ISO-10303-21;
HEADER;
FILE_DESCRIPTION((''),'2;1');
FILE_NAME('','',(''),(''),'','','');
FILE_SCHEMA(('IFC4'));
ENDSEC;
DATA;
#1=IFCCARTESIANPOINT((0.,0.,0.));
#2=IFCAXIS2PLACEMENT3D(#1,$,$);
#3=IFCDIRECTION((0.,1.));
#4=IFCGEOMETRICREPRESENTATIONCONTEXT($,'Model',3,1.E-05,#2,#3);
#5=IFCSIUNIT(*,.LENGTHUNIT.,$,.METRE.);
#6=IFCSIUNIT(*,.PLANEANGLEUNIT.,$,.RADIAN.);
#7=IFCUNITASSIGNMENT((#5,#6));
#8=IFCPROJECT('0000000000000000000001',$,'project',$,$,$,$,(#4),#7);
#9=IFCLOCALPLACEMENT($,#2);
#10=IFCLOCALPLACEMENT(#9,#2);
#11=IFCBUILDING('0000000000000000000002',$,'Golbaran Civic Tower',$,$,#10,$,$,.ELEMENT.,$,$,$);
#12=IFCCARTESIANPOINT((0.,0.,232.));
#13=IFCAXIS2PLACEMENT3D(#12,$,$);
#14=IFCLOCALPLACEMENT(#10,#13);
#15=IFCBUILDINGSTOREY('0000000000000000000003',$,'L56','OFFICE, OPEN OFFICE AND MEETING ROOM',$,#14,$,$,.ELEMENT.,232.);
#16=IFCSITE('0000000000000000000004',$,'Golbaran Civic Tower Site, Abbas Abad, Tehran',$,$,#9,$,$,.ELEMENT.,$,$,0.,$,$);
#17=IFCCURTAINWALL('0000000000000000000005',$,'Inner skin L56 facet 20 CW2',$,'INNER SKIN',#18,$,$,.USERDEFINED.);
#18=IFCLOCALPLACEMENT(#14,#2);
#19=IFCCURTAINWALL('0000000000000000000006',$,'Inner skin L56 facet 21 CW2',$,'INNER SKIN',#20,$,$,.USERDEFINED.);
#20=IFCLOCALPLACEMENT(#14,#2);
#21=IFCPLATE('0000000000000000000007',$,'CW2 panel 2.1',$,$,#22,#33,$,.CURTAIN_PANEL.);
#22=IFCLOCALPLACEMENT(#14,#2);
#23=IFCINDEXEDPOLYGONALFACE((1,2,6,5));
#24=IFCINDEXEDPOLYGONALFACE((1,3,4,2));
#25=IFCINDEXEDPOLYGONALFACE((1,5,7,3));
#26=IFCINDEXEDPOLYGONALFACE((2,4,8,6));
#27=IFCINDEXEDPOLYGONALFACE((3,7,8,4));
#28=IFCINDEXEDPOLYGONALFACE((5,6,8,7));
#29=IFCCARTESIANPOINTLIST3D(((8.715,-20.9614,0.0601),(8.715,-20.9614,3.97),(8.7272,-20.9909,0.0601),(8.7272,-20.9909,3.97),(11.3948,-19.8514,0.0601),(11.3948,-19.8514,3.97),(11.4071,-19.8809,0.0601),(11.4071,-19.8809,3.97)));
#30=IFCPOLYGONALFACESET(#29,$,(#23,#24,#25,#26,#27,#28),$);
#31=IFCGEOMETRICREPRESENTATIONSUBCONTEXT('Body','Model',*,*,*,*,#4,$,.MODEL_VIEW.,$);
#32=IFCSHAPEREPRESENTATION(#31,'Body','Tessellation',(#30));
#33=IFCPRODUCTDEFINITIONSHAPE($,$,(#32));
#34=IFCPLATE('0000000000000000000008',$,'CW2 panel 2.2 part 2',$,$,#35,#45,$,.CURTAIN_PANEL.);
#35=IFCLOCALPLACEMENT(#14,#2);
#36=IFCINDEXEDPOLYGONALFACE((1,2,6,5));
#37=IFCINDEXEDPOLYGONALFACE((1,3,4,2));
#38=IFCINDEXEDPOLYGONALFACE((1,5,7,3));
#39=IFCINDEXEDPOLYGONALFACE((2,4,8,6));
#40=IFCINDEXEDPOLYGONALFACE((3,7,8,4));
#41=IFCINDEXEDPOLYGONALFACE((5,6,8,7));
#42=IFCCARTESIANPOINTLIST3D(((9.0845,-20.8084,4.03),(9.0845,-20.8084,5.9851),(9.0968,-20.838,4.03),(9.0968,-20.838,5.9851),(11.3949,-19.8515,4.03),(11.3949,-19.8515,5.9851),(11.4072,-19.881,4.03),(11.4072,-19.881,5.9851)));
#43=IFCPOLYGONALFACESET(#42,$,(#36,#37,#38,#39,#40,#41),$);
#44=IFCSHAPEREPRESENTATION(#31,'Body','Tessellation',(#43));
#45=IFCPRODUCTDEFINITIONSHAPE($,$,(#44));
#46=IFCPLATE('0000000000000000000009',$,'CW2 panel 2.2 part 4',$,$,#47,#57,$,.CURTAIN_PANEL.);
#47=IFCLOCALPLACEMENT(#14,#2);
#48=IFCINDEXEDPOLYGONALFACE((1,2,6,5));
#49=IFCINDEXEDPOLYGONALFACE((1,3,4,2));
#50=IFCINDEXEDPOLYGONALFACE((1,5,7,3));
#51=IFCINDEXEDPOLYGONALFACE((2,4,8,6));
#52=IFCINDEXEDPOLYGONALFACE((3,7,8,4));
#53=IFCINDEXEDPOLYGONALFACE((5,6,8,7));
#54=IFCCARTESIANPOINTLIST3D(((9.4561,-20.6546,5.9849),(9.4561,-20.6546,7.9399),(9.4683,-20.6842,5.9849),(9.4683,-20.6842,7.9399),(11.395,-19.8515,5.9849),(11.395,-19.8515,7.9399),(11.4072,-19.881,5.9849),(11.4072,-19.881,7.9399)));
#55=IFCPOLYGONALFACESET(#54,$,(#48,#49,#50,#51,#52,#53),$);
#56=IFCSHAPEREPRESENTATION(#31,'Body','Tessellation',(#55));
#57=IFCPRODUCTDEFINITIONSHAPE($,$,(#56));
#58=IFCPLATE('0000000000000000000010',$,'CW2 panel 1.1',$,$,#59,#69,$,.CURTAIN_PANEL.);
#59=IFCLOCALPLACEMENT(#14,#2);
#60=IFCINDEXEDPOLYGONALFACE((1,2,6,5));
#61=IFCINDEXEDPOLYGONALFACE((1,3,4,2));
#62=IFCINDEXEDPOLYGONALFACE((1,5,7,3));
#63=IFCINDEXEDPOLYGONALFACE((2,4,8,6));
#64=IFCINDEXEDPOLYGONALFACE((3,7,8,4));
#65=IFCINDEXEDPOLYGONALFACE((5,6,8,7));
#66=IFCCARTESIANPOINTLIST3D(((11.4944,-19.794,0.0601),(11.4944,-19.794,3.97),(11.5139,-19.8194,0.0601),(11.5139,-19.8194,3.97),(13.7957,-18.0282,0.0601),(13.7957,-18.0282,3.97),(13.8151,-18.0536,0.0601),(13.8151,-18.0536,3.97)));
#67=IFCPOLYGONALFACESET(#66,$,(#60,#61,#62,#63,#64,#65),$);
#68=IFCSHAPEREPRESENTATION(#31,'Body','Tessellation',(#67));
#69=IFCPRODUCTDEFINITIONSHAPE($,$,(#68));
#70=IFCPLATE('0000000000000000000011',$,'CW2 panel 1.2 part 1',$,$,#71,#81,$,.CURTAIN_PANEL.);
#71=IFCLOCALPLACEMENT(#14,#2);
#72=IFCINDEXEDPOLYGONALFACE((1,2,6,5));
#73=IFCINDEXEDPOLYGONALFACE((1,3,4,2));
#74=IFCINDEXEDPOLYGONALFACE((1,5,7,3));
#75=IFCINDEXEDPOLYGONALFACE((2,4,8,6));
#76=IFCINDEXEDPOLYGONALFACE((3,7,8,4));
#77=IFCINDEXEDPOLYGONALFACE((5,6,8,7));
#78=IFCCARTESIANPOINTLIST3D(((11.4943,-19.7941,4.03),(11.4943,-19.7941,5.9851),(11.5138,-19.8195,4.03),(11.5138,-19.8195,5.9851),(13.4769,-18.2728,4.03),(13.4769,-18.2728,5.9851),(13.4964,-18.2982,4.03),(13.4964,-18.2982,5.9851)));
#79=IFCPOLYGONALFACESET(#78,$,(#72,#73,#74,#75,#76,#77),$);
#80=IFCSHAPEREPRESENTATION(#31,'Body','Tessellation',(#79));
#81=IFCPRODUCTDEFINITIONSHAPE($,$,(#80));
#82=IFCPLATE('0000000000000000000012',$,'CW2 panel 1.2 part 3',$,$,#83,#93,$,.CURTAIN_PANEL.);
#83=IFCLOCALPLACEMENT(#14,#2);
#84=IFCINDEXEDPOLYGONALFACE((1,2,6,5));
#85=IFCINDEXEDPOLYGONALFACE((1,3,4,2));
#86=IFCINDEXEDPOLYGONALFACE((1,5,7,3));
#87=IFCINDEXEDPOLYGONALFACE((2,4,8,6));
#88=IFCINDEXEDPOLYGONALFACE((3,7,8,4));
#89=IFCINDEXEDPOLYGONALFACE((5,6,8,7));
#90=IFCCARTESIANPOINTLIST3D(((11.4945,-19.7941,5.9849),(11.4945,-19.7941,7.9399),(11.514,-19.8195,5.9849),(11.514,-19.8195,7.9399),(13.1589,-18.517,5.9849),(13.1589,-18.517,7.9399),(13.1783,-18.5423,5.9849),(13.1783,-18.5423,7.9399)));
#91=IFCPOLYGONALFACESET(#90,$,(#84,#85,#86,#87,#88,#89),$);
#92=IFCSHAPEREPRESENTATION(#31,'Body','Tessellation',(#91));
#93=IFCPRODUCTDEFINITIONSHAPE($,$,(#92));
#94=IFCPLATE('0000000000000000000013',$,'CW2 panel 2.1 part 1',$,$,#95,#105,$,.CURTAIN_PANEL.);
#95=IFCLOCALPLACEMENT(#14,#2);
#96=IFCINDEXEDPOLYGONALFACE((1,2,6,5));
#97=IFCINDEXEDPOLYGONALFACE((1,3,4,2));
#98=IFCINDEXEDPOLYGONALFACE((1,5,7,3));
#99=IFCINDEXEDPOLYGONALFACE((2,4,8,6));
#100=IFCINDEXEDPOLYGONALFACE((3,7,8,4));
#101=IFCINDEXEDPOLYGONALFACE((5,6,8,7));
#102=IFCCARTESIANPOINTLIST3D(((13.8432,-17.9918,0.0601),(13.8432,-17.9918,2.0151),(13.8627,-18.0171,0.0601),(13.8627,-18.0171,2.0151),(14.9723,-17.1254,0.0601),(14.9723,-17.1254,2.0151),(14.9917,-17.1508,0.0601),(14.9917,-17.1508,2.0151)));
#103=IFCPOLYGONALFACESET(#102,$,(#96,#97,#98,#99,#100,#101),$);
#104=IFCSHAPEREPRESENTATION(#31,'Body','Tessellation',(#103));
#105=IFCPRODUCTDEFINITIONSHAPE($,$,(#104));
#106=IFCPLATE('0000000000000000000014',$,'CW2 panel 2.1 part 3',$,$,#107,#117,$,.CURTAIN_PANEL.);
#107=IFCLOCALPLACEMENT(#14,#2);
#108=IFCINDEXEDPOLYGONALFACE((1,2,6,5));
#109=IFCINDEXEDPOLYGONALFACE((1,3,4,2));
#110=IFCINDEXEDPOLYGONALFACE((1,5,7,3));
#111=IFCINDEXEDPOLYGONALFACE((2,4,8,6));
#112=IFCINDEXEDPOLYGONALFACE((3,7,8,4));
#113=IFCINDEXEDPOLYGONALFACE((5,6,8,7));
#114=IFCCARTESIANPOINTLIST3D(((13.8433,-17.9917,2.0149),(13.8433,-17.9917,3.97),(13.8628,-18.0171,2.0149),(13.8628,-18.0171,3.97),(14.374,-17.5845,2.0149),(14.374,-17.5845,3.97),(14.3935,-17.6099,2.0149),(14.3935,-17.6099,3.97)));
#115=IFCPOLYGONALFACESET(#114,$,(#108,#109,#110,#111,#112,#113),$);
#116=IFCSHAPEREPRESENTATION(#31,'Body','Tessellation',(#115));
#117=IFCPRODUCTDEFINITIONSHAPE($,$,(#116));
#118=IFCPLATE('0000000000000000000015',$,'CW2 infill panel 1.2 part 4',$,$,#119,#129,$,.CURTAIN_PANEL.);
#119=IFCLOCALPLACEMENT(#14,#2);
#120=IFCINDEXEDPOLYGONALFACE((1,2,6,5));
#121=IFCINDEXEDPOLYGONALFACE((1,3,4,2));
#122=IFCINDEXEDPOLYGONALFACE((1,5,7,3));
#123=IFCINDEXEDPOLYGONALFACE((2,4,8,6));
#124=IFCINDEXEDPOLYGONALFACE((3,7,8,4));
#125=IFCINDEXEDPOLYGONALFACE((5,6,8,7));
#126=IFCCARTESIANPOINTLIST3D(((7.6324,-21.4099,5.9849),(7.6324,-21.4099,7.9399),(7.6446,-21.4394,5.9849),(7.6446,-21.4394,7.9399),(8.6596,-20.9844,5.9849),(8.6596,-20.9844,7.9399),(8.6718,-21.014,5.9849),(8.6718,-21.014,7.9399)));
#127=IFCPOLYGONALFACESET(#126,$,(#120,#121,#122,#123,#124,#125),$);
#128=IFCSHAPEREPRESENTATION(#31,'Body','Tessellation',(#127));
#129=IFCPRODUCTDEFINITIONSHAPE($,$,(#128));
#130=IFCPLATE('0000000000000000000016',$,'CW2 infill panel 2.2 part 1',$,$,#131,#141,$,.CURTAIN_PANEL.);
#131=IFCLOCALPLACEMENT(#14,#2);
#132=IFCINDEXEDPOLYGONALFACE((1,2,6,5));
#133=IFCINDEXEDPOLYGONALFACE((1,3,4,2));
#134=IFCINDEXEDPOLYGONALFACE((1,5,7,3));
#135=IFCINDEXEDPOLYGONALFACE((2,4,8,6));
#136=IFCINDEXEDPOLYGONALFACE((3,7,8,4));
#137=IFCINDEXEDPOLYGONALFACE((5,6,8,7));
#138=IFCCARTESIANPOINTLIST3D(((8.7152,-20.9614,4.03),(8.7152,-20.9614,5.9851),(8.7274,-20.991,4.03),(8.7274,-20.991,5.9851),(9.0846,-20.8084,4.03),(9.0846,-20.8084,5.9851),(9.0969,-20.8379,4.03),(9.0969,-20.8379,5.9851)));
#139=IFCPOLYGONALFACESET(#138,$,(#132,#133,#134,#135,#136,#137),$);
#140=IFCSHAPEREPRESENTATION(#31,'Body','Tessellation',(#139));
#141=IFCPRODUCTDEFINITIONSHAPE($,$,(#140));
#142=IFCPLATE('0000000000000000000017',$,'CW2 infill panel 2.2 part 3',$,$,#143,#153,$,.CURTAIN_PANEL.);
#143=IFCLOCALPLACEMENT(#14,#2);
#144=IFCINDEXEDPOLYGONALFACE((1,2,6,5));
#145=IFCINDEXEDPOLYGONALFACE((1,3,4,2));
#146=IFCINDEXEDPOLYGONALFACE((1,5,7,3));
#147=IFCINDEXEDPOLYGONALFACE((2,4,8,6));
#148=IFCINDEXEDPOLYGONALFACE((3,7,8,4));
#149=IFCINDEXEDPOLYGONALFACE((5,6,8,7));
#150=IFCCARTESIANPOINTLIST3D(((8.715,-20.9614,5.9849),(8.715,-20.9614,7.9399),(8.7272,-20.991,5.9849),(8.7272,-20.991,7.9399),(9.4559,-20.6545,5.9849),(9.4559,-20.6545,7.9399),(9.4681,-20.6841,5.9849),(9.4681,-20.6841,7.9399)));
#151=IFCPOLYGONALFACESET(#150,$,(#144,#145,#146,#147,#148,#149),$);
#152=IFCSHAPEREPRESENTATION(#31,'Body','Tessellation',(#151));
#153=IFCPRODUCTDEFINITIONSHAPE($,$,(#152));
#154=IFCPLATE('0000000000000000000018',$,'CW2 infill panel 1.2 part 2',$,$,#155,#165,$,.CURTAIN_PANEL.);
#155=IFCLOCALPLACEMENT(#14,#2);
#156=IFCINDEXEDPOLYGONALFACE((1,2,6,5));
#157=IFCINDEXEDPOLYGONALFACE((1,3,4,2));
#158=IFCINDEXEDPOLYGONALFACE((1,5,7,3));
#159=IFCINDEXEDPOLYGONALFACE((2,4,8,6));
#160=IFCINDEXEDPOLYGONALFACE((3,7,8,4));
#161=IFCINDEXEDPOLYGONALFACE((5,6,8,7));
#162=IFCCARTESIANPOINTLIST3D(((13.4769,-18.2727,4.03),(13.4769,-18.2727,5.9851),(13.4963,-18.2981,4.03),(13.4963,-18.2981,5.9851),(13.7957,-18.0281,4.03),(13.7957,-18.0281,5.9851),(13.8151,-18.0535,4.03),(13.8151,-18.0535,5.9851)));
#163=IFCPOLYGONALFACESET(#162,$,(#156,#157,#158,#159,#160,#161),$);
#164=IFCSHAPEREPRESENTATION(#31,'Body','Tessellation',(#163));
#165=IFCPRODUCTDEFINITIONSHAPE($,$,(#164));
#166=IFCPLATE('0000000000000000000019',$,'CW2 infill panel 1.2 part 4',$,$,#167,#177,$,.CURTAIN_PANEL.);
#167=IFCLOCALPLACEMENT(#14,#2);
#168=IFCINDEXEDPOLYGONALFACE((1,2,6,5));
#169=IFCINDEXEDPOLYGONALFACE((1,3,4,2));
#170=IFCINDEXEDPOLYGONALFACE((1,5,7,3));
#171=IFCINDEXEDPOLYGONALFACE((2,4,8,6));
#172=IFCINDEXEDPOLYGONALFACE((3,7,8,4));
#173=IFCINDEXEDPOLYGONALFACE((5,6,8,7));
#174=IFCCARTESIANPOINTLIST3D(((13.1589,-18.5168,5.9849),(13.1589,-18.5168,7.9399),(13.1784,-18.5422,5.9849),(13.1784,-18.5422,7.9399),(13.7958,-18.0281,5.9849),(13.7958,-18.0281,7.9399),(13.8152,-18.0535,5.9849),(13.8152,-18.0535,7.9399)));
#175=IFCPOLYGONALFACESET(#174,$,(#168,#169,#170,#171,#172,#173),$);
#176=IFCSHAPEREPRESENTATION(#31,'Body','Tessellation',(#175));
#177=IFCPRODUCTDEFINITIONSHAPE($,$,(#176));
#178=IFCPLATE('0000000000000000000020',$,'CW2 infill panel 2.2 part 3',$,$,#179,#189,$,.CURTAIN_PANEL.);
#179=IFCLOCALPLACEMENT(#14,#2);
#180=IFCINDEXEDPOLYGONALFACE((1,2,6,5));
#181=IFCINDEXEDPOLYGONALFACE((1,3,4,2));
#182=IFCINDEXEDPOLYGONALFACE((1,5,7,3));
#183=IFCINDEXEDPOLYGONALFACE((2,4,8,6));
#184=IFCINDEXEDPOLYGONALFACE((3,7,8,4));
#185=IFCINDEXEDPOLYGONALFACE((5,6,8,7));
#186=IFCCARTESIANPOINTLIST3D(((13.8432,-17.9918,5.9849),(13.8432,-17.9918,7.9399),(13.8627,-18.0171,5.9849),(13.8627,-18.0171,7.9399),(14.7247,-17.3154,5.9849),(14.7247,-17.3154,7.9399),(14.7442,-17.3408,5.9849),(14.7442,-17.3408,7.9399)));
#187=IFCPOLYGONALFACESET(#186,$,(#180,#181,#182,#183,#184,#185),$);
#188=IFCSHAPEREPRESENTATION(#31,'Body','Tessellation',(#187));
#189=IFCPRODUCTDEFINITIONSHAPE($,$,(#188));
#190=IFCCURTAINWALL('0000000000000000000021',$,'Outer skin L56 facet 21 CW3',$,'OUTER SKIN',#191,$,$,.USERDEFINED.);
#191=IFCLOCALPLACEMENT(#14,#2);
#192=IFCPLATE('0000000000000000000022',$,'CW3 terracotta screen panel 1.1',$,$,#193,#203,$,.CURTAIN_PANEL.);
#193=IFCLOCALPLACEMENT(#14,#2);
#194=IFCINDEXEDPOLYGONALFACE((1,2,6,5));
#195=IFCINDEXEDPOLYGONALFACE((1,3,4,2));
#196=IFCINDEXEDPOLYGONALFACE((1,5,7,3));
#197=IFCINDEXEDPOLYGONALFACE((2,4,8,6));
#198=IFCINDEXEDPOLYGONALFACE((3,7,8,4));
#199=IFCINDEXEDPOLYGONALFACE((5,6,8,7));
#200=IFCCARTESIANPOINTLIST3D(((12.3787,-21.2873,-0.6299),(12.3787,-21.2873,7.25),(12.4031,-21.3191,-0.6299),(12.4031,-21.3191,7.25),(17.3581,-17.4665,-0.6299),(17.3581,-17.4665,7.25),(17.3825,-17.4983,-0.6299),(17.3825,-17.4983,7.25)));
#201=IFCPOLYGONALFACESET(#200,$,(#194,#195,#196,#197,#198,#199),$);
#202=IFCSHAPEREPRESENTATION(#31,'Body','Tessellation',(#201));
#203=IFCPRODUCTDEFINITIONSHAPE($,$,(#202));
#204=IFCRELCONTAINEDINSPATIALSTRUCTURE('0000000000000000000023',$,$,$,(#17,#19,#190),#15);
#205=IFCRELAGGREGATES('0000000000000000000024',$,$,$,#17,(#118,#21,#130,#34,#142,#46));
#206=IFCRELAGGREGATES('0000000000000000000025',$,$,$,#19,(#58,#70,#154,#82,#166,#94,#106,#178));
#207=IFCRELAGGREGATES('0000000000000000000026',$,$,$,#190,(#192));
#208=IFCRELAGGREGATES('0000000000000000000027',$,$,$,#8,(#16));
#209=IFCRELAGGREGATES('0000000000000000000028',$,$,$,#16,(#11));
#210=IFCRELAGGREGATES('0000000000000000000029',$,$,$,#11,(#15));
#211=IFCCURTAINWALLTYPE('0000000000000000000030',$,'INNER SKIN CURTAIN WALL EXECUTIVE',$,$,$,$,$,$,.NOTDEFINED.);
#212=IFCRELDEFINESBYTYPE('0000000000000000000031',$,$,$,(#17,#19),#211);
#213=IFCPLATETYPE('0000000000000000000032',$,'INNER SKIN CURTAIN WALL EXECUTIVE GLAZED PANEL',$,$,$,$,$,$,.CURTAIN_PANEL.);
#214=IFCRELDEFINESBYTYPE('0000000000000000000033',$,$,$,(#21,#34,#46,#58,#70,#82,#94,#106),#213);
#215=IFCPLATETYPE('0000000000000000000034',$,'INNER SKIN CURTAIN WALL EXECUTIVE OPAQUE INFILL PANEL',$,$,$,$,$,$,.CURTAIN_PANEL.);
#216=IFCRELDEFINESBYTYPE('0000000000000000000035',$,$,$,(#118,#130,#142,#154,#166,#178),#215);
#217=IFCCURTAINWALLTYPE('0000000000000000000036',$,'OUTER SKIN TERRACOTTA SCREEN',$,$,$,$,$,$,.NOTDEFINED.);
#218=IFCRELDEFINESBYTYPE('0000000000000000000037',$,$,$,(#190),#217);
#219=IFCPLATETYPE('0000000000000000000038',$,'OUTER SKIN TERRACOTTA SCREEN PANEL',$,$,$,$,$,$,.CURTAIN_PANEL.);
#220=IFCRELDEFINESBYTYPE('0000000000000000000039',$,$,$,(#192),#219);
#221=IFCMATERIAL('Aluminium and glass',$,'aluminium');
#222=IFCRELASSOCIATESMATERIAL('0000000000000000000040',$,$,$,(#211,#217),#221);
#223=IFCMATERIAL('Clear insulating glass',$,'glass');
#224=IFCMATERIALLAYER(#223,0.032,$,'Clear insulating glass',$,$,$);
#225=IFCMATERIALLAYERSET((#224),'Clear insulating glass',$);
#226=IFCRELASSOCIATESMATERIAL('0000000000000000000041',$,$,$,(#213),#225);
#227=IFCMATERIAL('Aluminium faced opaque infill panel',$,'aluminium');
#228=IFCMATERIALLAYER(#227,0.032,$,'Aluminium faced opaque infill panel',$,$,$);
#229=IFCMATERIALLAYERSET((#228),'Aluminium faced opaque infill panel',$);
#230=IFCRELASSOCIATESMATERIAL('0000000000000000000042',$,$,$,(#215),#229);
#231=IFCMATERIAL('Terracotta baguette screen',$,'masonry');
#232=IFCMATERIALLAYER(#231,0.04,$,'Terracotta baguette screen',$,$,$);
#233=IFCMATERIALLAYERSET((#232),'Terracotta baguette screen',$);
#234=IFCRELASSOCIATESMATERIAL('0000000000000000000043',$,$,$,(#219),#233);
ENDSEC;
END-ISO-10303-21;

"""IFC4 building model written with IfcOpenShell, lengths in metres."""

from ifc_helpers import new_model, si_unit, direction, frame, origin, origin_2d, place, context, subcontext, project, spatial, rectangle, extrude, material, layer, layer_set, type_object, element, aggregate, save


model = new_model("IFC4")

# Units and contexts
model_context = context("Model", 3, precision=1e-05, world=origin(), true_north=direction((0.0, 1.0)))
body_context = subcontext(model_context, "Body", "Model", "MODEL_VIEW")
ifc_project = project(units=[si_unit("LENGTHUNIT", "METRE"), si_unit("PLANEANGLEUNIT", "RADIAN")], contexts=[model_context])

# Site, building, storey
site_placement = place(None, origin())
site = spatial("IfcSite", under=ifc_project, at=site_placement, Name="Golbaran Civic Tower Site, Abbas Abad, Tehran", CompositionType="ELEMENT", RefElevation=0.0)
building_placement = place(site_placement, origin())
building = spatial("IfcBuilding", under=site, at=building_placement, Name="Golbaran Civic Tower", CompositionType="ELEMENT")
storey_placement = place(building_placement, frame((0.0, 0.0, 232.0)))
storey = spatial("IfcBuildingStorey", under=building, at=storey_placement, Name="L56", Description="OFFICE, OPEN OFFICE AND MEETING ROOM", CompositionType="ELEMENT", Elevation=232.0)

# Curtain walls
ifc_material_1 = material(Name="Aluminium and glass", Category="aluminium")
curtain_wall_type_1 = type_object("IfcCurtainWallType", Name="INNER SKIN CURTAIN WALL EXECUTIVE", PredefinedType="NOTDEFINED", material=ifc_material_1)
curtain_wall_1_placement = place(storey_placement, origin())
curtain_wall_1 = element("IfcCurtainWall", 1, at=curtain_wall_1_placement, inside=storey, type_object=curtain_wall_type_1, Name="Inner skin L56 facet 20 CW2", ObjectType="INNER SKIN", PredefinedType="USERDEFINED")
curtain_wall_2_placement = place(storey_placement, origin())
curtain_wall_2 = element("IfcCurtainWall", 2, at=curtain_wall_2_placement, inside=storey, type_object=curtain_wall_type_1, Name="Inner skin L56 facet 21 CW2", ObjectType="INNER SKIN", PredefinedType="USERDEFINED")

# Plates
ifc_material_2 = material(Name="Clear insulating glass", Category="glass")
ifc_layer_1 = layer(ifc_material_2, 0.032, Name="Clear insulating glass")
ifc_layer_set_1 = layer_set([ifc_layer_1], Name="Clear insulating glass")
plate_type_1 = type_object("IfcPlateType", Name="INNER SKIN CURTAIN WALL EXECUTIVE GLAZED PANEL", PredefinedType="CURTAIN_PANEL", material=ifc_layer_set_1)
plate_1_placement = place(storey_placement, frame((10.061, -20.4211, 0.0601), z_axis=(0.0, 0.0, 1.0), x_axis=(0.92388, 0.382683, 0.0)))
plate_1 = element("IfcPlate", 3, at=plate_1_placement, type_object=plate_type_1, Name="CW2 panel 2.1", PredefinedType="CURTAIN_PANEL", context=body_context, shape_type="SweptSolid", body=[
    extrude(rectangle(XDim=2.9006, YDim=0.032, at=origin_2d()), origin(), (0.0, 0.0, 1.0), 3.9099),
])
plate_2_placement = place(storey_placement, frame((10.2458, -20.3447, 4.03), z_axis=(0.0, 0.0, 1.0), x_axis=(0.92388, 0.382683, 0.0)))
plate_2 = element("IfcPlate", 4, at=plate_2_placement, type_object=plate_type_1, Name="CW2 panel 2.2 part 2", PredefinedType="CURTAIN_PANEL", context=body_context, shape_type="SweptSolid", body=[
    extrude(rectangle(XDim=2.5007, YDim=0.032, at=origin_2d()), origin(), (0.0, 0.0, 1.0), 1.9551),
])
plate_3_placement = place(storey_placement, frame((10.4316, -20.2678, 5.9849), z_axis=(0.0, 0.0, 1.0), x_axis=(0.92388, 0.382683, 0.0)))
plate_3 = element("IfcPlate", 5, at=plate_3_placement, type_object=plate_type_1, Name="CW2 panel 2.2 part 4", PredefinedType="CURTAIN_PANEL", context=body_context, shape_type="SweptSolid", body=[
    extrude(rectangle(XDim=2.0986, YDim=0.032, at=origin_2d()), origin(), (0.0, 0.0, 1.0), 1.9551),
])
plate_4_placement = place(storey_placement, frame((12.6548, -18.9238, 0.0601), z_axis=(0.0, 0.0, 1.0), x_axis=(0.793353, 0.608761, 0.0)))
plate_4 = element("IfcPlate", 6, at=plate_4_placement, type_object=plate_type_1, Name="CW2 panel 1.1", PredefinedType="CURTAIN_PANEL", context=body_context, shape_type="SweptSolid", body=[
    extrude(rectangle(XDim=2.9006, YDim=0.032, at=origin_2d()), origin(), (0.0, 0.0, 1.0), 3.9099),
])
plate_5_placement = place(storey_placement, frame((12.4954, -19.0461, 4.03), z_axis=(0.0, 0.0, 1.0), x_axis=(0.793353, 0.608761, 0.0)))
plate_5 = element("IfcPlate", 7, at=plate_5_placement, type_object=plate_type_1, Name="CW2 panel 1.2 part 1", PredefinedType="CURTAIN_PANEL", context=body_context, shape_type="SweptSolid", body=[
    extrude(rectangle(XDim=2.499, YDim=0.032, at=origin_2d()), origin(), (0.0, 0.0, 1.0), 1.9551),
])
plate_6_placement = place(storey_placement, frame((12.3364, -19.1682, 5.9849), z_axis=(0.0, 0.0, 1.0), x_axis=(0.793353, 0.608761, 0.0)))
plate_6 = element("IfcPlate", 8, at=plate_6_placement, type_object=plate_type_1, Name="CW2 panel 1.2 part 3", PredefinedType="CURTAIN_PANEL", context=body_context, shape_type="SweptSolid", body=[
    extrude(rectangle(XDim=2.0979, YDim=0.032, at=origin_2d()), origin(), (0.0, 0.0, 1.0), 1.9551),
])
plate_7_placement = place(storey_placement, frame((14.4175, -17.5713, 0.0601), z_axis=(0.0, 0.0, 1.0), x_axis=(0.793353, 0.608761, 0.0)))
plate_7 = element("IfcPlate", 9, at=plate_7_placement, type_object=plate_type_1, Name="CW2 panel 2.1 part 1", PredefinedType="CURTAIN_PANEL", context=body_context, shape_type="SweptSolid", body=[
    extrude(rectangle(XDim=1.4231, YDim=0.032, at=origin_2d()), origin(), (0.0, 0.0, 1.0), 1.9551),
])
plate_8_placement = place(storey_placement, frame((14.1184, -17.8008, 2.0149), z_axis=(0.0, 0.0, 1.0), x_axis=(0.793353, 0.608761, 0.0)))
plate_8 = element("IfcPlate", 10, at=plate_8_placement, type_object=plate_type_1, Name="CW2 panel 2.1 part 3", PredefinedType="CURTAIN_PANEL", context=body_context, shape_type="SweptSolid", body=[
    extrude(rectangle(XDim=0.6689, YDim=0.032, at=origin_2d()), origin(), (0.0, 0.0, 1.0), 1.9551),
])
ifc_material_3 = material(Name="Aluminium faced opaque infill panel", Category="aluminium")
ifc_layer_2 = layer(ifc_material_3, 0.032, Name="Aluminium faced opaque infill panel")
ifc_layer_set_2 = layer_set([ifc_layer_2], Name="Aluminium faced opaque infill panel")
plate_type_2 = type_object("IfcPlateType", Name="INNER SKIN CURTAIN WALL EXECUTIVE OPAQUE INFILL PANEL", PredefinedType="CURTAIN_PANEL", material=ifc_layer_set_2)
plate_9_placement = place(storey_placement, frame((8.1521, -21.2119, 5.9849), z_axis=(0.0, 0.0, 1.0), x_axis=(0.92388, 0.382683, 0.0)))
plate_9 = element("IfcPlate", 11, at=plate_9_placement, type_object=plate_type_2, Name="CW2 infill panel 1.2 part 4", PredefinedType="CURTAIN_PANEL", context=body_context, shape_type="SweptSolid", body=[
    extrude(rectangle(XDim=1.1118, YDim=0.032, at=origin_2d()), origin(), (0.0, 0.0, 1.0), 1.9551),
])
plate_10_placement = place(storey_placement, frame((8.906, -20.8997, 4.03), z_axis=(0.0, 0.0, 1.0), x_axis=(0.92388, 0.382683, 0.0)))
plate_10 = element("IfcPlate", 12, at=plate_10_placement, type_object=plate_type_2, Name="CW2 infill panel 2.2 part 1", PredefinedType="CURTAIN_PANEL", context=body_context, shape_type="SweptSolid", body=[
    extrude(rectangle(XDim=0.3999, YDim=0.032, at=origin_2d()), origin(), (0.0, 0.0, 1.0), 1.9551),
])
plate_11_placement = place(storey_placement, frame((9.0916, -20.8228, 5.9849), z_axis=(0.0, 0.0, 1.0), x_axis=(0.92388, 0.382683, 0.0)))
plate_11 = element("IfcPlate", 13, at=plate_11_placement, type_object=plate_type_2, Name="CW2 infill panel 2.2 part 3", PredefinedType="CURTAIN_PANEL", context=body_context, shape_type="SweptSolid", body=[
    extrude(rectangle(XDim=0.802, YDim=0.032, at=origin_2d()), origin(), (0.0, 0.0, 1.0), 1.9551),
])
aggregate(curtain_wall_1, [plate_9, plate_1, plate_10, plate_2, plate_11, plate_3])
plate_12_placement = place(storey_placement, frame((13.646, -18.1631, 4.03), z_axis=(0.0, 0.0, 1.0), x_axis=(0.793353, 0.608761, 0.0)))
plate_12 = element("IfcPlate", 14, at=plate_12_placement, type_object=plate_type_2, Name="CW2 infill panel 1.2 part 2", PredefinedType="CURTAIN_PANEL", context=body_context, shape_type="SweptSolid", body=[
    extrude(rectangle(XDim=0.4019, YDim=0.032, at=origin_2d()), origin(), (0.0, 0.0, 1.0), 1.9551),
])
plate_13_placement = place(storey_placement, frame((13.4871, -18.2852, 5.9849), z_axis=(0.0, 0.0, 1.0), x_axis=(0.793353, 0.608761, 0.0)))
plate_13 = element("IfcPlate", 15, at=plate_13_placement, type_object=plate_type_2, Name="CW2 infill panel 1.2 part 4", PredefinedType="CURTAIN_PANEL", context=body_context, shape_type="SweptSolid", body=[
    extrude(rectangle(XDim=0.8027, YDim=0.032, at=origin_2d()), origin(), (0.0, 0.0, 1.0), 1.9551),
])
plate_14_placement = place(storey_placement, frame((14.2937, -17.6663, 5.9849), z_axis=(0.0, 0.0, 1.0), x_axis=(0.793353, 0.608761, 0.0)))
plate_14 = element("IfcPlate", 16, at=plate_14_placement, type_object=plate_type_2, Name="CW2 infill panel 2.2 part 3", PredefinedType="CURTAIN_PANEL", context=body_context, shape_type="SweptSolid", body=[
    extrude(rectangle(XDim=1.1111, YDim=0.032, at=origin_2d()), origin(), (0.0, 0.0, 1.0), 1.9551),
])
aggregate(curtain_wall_2, [plate_4, plate_5, plate_12, plate_6, plate_13, plate_7, plate_8, plate_14])

# Curtain wall, plate
curtain_wall_type_2 = type_object("IfcCurtainWallType", Name="OUTER SKIN TERRACOTTA SCREEN", PredefinedType="NOTDEFINED", material=ifc_material_1)
curtain_wall_3_placement = place(storey_placement, origin())
curtain_wall_3 = element("IfcCurtainWall", 17, at=curtain_wall_3_placement, inside=storey, type_object=curtain_wall_type_2, Name="Outer skin L56 facet 21 CW3", ObjectType="OUTER SKIN", PredefinedType="USERDEFINED")
ifc_material_4 = material(Name="Terracotta baguette screen", Category="masonry")
ifc_layer_3 = layer(ifc_material_4, 0.04, Name="Terracotta baguette screen")
ifc_layer_set_3 = layer_set([ifc_layer_3], Name="Terracotta baguette screen")
plate_type_3 = type_object("IfcPlateType", Name="OUTER SKIN TERRACOTTA SCREEN PANEL", PredefinedType="CURTAIN_PANEL", material=ifc_layer_set_3)
plate_15_placement = place(storey_placement, frame((14.8806, -19.3928, -0.6299), z_axis=(0.0, 0.0, 1.0), x_axis=(0.793353, 0.608761, 0.0)))
plate_15 = element("IfcPlate", 18, at=plate_15_placement, type_object=plate_type_3, Name="CW3 terracotta screen panel 1.1", PredefinedType="CURTAIN_PANEL", context=body_context, shape_type="SweptSolid", body=[
    extrude(rectangle(XDim=6.2764, YDim=0.04, at=origin_2d()), origin(), (0.0, 0.0, 1.0), 7.8799),
])
aggregate(curtain_wall_3, [plate_15])

save(model, "model.ifc")
